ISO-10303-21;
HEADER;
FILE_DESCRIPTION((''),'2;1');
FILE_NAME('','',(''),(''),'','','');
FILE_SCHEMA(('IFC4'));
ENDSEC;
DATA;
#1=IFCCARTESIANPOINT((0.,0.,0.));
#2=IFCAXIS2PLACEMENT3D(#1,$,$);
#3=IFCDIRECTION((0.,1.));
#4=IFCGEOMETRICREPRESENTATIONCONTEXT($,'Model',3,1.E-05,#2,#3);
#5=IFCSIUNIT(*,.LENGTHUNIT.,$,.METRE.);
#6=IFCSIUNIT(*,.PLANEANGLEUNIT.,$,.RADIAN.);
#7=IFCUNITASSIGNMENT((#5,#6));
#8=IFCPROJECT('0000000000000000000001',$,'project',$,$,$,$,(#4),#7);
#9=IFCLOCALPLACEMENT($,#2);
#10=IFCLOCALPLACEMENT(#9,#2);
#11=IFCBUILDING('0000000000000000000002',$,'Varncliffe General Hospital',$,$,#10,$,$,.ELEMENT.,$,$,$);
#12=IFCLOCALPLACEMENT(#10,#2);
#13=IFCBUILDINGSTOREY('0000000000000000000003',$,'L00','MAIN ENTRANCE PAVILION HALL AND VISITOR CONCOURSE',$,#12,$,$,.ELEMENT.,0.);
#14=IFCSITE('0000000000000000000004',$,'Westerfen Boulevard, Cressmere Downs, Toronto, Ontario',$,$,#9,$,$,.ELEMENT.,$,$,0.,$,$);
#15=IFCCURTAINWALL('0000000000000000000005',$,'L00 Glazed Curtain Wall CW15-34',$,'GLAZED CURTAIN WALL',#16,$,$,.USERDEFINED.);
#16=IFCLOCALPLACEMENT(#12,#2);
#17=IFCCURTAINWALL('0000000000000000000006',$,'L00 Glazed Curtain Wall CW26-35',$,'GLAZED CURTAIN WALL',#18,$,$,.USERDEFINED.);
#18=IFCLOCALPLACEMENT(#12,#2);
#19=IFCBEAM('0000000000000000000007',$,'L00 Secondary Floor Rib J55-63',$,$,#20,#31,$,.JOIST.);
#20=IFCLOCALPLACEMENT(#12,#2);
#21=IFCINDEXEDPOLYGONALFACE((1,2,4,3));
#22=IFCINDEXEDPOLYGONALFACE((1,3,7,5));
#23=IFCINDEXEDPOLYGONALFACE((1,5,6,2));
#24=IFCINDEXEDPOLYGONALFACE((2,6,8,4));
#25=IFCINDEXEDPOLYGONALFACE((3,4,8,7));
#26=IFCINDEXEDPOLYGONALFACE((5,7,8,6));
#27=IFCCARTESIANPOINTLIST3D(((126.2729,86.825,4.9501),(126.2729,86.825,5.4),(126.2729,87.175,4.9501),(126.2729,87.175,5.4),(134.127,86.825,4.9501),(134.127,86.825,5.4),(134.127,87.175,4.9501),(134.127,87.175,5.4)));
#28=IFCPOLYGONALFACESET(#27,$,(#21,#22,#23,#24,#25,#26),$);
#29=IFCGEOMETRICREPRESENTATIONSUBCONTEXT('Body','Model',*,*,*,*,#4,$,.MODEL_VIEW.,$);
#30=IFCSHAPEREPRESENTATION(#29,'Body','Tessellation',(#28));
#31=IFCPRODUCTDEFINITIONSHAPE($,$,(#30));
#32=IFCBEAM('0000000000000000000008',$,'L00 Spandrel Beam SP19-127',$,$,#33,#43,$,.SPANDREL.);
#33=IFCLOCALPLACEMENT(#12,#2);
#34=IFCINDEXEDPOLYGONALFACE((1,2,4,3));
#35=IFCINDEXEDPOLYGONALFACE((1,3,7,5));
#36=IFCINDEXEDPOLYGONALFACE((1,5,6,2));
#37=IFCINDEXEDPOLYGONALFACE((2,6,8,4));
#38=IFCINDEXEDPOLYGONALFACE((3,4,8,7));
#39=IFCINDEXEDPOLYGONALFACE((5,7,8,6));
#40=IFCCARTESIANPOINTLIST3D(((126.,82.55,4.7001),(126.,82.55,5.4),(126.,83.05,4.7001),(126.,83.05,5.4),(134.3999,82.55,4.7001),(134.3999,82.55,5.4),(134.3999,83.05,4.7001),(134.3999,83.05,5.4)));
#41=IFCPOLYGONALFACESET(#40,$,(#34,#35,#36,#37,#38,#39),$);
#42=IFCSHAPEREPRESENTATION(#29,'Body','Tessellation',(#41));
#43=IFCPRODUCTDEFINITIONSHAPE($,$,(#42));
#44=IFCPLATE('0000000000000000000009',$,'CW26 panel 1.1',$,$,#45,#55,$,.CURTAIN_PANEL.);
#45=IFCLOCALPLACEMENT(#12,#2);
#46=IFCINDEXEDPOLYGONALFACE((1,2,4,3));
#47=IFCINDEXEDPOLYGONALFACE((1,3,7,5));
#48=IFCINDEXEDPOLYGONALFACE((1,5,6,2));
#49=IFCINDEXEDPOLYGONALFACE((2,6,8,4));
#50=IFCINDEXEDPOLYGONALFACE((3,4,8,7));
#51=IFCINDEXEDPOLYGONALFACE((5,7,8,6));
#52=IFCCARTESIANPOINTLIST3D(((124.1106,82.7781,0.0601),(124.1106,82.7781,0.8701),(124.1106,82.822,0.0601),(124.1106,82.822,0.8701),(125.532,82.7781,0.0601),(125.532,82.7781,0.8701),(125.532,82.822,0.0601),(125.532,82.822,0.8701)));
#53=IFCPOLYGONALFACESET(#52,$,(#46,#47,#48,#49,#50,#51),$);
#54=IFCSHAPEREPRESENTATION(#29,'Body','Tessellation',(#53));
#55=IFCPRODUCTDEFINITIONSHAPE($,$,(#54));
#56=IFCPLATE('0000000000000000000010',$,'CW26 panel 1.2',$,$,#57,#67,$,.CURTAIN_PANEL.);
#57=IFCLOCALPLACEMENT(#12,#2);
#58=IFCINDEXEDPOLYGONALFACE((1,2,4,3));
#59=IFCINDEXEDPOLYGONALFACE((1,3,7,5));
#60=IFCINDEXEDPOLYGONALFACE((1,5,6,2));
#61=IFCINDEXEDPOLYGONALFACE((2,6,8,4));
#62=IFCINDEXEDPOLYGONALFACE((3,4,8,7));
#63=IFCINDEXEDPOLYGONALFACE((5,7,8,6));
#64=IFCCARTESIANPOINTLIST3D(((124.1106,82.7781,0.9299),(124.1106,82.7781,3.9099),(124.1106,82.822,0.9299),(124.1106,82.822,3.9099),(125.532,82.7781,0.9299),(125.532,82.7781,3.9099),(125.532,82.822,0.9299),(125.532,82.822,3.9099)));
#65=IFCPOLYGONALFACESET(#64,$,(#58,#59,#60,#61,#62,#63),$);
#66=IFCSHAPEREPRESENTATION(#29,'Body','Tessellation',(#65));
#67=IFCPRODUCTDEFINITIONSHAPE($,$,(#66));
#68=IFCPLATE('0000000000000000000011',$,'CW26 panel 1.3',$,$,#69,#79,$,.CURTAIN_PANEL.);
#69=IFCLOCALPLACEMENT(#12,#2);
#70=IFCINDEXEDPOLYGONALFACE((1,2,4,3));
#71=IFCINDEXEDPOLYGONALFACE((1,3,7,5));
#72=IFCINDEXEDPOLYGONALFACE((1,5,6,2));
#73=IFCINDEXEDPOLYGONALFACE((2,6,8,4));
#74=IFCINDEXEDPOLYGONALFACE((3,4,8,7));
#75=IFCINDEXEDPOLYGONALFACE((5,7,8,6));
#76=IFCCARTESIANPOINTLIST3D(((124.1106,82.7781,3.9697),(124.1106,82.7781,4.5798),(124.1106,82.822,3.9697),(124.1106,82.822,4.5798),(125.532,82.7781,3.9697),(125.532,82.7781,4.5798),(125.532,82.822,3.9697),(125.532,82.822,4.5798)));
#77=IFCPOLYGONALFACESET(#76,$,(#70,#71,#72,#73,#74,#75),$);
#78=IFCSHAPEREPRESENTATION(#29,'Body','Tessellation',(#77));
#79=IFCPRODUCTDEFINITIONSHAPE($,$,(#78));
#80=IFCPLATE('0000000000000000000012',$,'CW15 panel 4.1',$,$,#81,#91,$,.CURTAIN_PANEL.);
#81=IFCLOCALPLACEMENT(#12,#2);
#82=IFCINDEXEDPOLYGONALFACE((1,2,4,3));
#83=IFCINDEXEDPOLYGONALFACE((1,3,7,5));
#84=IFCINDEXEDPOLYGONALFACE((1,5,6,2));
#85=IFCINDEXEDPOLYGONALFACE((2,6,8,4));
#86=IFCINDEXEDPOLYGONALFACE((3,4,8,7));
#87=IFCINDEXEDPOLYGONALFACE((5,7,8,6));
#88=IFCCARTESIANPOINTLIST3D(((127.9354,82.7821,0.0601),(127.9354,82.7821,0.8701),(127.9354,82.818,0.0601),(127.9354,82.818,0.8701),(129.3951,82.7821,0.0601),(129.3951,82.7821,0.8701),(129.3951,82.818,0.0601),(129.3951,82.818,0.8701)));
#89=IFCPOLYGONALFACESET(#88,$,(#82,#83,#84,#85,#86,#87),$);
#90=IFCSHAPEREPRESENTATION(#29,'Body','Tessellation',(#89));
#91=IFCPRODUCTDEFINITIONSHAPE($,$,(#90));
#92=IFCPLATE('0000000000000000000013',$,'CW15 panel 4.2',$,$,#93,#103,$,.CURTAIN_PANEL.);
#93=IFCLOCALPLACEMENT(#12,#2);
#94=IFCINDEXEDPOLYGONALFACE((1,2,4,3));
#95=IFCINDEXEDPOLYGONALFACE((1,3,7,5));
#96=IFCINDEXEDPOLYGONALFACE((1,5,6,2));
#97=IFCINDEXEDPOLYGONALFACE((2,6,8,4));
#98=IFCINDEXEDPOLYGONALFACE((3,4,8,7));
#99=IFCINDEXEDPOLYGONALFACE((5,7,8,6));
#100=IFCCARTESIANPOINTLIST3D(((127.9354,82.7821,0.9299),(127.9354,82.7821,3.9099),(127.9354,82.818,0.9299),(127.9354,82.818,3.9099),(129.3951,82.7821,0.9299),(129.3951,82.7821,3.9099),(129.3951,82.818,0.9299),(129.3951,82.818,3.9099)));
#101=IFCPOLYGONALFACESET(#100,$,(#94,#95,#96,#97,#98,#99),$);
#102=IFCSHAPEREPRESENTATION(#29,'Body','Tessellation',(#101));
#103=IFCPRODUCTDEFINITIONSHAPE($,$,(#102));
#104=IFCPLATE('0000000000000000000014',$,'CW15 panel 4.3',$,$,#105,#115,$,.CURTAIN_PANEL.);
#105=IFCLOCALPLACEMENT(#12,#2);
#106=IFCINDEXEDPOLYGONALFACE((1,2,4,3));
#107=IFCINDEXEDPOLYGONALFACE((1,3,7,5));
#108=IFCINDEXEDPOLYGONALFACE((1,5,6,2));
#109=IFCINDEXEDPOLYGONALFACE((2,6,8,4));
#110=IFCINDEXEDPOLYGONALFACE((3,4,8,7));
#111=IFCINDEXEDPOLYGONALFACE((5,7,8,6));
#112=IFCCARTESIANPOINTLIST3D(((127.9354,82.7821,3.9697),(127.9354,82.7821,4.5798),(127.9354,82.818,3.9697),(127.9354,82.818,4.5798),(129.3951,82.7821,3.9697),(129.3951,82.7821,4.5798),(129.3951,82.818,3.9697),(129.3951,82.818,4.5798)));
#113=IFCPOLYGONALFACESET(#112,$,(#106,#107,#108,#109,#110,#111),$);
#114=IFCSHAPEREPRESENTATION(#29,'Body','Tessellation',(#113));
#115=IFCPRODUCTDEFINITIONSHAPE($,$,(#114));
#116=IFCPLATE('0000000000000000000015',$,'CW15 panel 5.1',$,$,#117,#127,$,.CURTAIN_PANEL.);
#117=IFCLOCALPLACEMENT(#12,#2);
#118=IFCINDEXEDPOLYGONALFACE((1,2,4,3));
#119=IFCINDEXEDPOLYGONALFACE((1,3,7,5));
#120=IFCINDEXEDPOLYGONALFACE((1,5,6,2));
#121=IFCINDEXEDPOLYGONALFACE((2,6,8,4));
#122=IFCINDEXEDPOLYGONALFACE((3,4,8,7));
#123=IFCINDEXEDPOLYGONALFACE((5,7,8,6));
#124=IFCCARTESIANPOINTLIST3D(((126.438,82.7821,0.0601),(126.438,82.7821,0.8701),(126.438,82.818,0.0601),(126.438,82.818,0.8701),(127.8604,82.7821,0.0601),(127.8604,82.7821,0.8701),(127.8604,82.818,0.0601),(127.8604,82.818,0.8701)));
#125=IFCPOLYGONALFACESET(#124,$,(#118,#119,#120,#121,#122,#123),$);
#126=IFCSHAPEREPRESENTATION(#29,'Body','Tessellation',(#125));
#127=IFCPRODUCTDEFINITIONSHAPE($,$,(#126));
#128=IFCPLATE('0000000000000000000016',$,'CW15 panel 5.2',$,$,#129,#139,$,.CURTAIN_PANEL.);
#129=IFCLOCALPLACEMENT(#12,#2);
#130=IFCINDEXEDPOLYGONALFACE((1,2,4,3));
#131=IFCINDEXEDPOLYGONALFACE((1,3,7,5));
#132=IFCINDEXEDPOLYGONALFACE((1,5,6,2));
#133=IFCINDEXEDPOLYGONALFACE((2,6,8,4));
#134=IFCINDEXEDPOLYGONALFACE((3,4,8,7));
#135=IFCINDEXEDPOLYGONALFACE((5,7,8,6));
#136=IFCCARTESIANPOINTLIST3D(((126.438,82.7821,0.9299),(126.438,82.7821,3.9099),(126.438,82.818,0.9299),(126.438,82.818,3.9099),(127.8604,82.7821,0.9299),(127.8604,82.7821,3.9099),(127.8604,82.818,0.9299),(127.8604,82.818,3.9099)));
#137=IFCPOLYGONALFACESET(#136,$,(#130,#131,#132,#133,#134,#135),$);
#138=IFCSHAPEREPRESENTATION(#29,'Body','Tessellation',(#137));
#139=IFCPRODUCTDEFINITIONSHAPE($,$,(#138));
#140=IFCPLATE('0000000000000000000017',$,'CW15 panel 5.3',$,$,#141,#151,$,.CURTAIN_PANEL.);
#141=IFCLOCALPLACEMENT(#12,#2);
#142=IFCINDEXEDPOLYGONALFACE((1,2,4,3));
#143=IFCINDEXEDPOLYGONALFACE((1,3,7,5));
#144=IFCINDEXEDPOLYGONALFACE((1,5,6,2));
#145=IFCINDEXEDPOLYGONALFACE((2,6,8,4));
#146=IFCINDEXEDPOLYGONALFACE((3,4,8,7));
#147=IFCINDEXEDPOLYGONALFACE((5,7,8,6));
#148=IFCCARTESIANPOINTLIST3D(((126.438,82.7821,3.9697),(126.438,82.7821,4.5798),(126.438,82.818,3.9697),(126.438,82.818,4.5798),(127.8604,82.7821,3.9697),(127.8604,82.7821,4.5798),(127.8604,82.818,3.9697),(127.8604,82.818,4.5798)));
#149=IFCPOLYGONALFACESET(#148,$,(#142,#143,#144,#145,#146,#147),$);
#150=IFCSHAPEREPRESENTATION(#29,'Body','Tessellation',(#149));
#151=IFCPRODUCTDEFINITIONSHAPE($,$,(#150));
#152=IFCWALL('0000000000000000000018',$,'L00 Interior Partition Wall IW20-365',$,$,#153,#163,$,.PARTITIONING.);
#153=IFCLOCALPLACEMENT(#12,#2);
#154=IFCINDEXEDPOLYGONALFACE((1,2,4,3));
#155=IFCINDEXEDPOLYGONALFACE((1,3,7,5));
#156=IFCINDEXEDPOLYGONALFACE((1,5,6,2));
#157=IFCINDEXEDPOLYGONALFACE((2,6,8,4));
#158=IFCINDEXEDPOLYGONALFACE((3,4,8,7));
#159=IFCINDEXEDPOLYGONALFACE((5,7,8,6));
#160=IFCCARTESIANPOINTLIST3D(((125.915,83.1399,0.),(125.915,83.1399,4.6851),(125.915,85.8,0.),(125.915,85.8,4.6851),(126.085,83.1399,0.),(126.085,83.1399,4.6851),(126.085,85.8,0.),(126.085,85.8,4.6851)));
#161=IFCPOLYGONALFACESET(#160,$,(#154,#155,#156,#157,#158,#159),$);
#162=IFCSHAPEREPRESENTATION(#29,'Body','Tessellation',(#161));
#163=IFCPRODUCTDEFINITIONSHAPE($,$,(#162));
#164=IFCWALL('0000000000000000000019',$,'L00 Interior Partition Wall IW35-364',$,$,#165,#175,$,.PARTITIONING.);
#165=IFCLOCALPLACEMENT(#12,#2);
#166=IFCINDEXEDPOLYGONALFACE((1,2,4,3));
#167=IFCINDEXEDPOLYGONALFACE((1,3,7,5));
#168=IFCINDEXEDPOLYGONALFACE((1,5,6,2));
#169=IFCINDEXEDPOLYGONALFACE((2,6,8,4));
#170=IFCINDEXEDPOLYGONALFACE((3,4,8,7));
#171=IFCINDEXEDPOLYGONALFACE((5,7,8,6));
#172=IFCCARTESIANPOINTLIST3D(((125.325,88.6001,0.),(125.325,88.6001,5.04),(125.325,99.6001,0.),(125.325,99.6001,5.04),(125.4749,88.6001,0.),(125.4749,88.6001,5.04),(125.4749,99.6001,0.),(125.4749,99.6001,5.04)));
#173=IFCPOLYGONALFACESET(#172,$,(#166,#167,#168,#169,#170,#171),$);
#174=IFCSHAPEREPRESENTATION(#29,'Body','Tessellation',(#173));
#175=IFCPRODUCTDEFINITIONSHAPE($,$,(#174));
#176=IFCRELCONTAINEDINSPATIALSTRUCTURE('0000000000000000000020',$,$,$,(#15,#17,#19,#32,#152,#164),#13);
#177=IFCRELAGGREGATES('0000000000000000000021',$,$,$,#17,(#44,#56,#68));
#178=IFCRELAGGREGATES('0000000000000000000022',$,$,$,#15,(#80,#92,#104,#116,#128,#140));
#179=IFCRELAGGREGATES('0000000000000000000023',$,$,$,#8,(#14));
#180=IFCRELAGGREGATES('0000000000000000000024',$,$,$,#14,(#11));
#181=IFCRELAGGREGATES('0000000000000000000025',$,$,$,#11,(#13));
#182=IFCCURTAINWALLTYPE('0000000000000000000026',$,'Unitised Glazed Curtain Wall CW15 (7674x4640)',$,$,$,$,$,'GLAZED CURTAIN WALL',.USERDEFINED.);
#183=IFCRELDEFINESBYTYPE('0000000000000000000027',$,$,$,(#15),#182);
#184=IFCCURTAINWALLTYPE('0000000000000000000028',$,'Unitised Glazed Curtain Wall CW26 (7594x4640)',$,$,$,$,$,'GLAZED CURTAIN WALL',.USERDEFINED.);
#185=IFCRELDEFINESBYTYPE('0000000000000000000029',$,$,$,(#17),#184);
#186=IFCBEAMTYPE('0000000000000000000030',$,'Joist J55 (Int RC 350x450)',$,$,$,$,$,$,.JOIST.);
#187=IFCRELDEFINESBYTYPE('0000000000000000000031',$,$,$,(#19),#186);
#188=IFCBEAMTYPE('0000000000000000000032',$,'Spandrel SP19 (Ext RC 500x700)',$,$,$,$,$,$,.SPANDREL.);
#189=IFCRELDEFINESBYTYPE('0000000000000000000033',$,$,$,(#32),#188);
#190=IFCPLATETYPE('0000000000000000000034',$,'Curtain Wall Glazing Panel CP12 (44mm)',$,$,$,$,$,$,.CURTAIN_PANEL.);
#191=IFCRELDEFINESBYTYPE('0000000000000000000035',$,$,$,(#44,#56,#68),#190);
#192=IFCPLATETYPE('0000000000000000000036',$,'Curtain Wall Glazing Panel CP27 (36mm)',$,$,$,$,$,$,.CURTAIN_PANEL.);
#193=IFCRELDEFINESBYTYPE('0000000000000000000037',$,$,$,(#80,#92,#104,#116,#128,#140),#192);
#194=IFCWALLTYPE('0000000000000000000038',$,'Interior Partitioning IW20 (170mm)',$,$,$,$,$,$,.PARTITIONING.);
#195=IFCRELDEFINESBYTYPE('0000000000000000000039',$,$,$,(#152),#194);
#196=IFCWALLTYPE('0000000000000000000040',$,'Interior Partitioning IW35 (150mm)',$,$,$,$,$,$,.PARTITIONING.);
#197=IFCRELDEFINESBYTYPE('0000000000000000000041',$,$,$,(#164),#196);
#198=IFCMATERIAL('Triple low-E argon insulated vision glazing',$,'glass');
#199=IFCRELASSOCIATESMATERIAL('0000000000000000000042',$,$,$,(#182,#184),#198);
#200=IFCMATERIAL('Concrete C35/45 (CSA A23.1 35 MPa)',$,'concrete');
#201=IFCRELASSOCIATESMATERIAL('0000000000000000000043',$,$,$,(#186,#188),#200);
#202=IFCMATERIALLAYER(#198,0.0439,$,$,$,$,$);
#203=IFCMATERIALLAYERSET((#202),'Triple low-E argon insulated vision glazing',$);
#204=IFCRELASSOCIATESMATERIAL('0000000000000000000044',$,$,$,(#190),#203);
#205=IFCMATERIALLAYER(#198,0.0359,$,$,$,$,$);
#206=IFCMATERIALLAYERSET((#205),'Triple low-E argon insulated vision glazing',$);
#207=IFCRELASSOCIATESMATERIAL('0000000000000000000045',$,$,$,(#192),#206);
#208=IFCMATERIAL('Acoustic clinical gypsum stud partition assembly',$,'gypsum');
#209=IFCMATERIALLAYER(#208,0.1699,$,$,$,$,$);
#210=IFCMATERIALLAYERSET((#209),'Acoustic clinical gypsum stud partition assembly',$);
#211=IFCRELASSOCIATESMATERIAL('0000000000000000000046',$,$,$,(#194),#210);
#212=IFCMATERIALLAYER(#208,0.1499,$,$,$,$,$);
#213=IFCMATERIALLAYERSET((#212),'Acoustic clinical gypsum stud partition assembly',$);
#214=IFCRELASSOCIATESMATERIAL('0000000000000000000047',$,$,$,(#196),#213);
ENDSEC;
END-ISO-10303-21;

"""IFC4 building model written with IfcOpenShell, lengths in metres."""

from ifc_helpers import new_model, si_unit, direction, frame, frame_2d, origin, origin_2d, place, context, subcontext, project, spatial, rectangle, extrude, material, layer, layer_set, material_profile, profile_set, type_object, element, aggregate, save


model = new_model("IFC4")

# Units and contexts
model_context = context("Model", 3, precision=1e-05, world=origin(), true_north=direction((0.0, 1.0)))
body_context = subcontext(model_context, "Body", "Model", "MODEL_VIEW")
ifc_project = project(units=[si_unit("LENGTHUNIT", "METRE"), si_unit("PLANEANGLEUNIT", "RADIAN")], contexts=[model_context])

# Site, building, storey
site_placement = place(None, origin())
site = spatial("IfcSite", under=ifc_project, at=site_placement, Name="Westerfen Boulevard, Cressmere Downs, Toronto, Ontario", CompositionType="ELEMENT", RefElevation=0.0)
building_placement = place(site_placement, origin())
building = spatial("IfcBuilding", under=site, at=building_placement, Name="Varncliffe General Hospital", CompositionType="ELEMENT")
storey_placement = place(building_placement, origin())
storey = spatial("IfcBuildingStorey", under=building, at=storey_placement, Name="L00", Description="MAIN ENTRANCE PAVILION HALL AND VISITOR CONCOURSE", CompositionType="ELEMENT", Elevation=0.0)

# Shared definitions
ifc_material_1 = material(Name="Concrete C35/45 (CSA A23.1 35 MPa)", Category="concrete")

# Curtain wall
ifc_material_2 = material(Name="Triple low-E argon insulated vision glazing", Category="glass")
curtain_wall_type_1 = type_object("IfcCurtainWallType", Name="Unitised Glazed Curtain Wall CW15 (7674x4640)", ElementType="GLAZED CURTAIN WALL", PredefinedType="USERDEFINED", material=ifc_material_2)
curtain_wall_1_placement = place(storey_placement, origin())
curtain_wall_1 = element("IfcCurtainWall", 1, at=curtain_wall_1_placement, inside=storey, type_object=curtain_wall_type_1, Name="L00 Glazed Curtain Wall CW15-34", ObjectType="GLAZED CURTAIN WALL", PredefinedType="USERDEFINED")

# Curtain wall
curtain_wall_type_2 = type_object("IfcCurtainWallType", Name="Unitised Glazed Curtain Wall CW26 (7594x4640)", ElementType="GLAZED CURTAIN WALL", PredefinedType="USERDEFINED", material=ifc_material_2)
curtain_wall_2_placement = place(storey_placement, origin())
curtain_wall_2 = element("IfcCurtainWall", 2, at=curtain_wall_2_placement, inside=storey, type_object=curtain_wall_type_2, Name="L00 Glazed Curtain Wall CW26-35", ObjectType="GLAZED CURTAIN WALL", PredefinedType="USERDEFINED")

# Beams
ifc_material_profile_1 = material_profile(ifc_material_1, rectangle(XDim=0.3501, YDim=0.45, at=origin_2d()), Name="RC 350x450")
ifc_profile_set_1 = profile_set([ifc_material_profile_1], Name="Concrete C35/45 (CSA A23.1 35 MPa)")
beam_type_1 = type_object("IfcBeamType", Name="Joist J55 (Int RC 350x450)", PredefinedType="JOIST", material=ifc_profile_set_1)
beam_1_placement = place(storey_placement, frame((126.2729, 87.0, 5.175), z_axis=(1.0, 0.0, 0.0), x_axis=(0.0, 1.0, 0.0)))
element("IfcBeam", 3, at=beam_1_placement, inside=storey, type_object=beam_type_1, Name="L00 Secondary Floor Rib J55-63", PredefinedType="JOIST", context=body_context, shape_type="SweptSolid", body=[
    extrude(rectangle(XDim=0.3501, YDim=0.45, at=origin_2d()), origin(), (0.0, 0.0, 1.0), 7.854),
])
ifc_material_profile_2 = material_profile(ifc_material_1, rectangle(XDim=0.5, YDim=0.7, at=origin_2d()), Name="RC 500x700")
ifc_profile_set_2 = profile_set([ifc_material_profile_2], Name="Concrete C35/45 (CSA A23.1 35 MPa)")
beam_type_2 = type_object("IfcBeamType", Name="Spandrel SP19 (Ext RC 500x700)", PredefinedType="SPANDREL", material=ifc_profile_set_2)
beam_2_placement = place(storey_placement, frame((126.0, 82.8, 5.05), z_axis=(1.0, 0.0, 0.0), x_axis=(0.0, 1.0, 0.0)))
element("IfcBeam", 4, at=beam_2_placement, inside=storey, type_object=beam_type_2, Name="L00 Spandrel Beam SP19-127", PredefinedType="SPANDREL", context=body_context, shape_type="SweptSolid", body=[
    extrude(rectangle(XDim=0.5, YDim=0.7, at=origin_2d()), origin(), (0.0, 0.0, 1.0), 8.3999),
])

# Plates
ifc_layer_1 = layer(ifc_material_2, 0.0439)
ifc_layer_set_1 = layer_set([ifc_layer_1], Name="Triple low-E argon insulated vision glazing")
plate_type_1 = type_object("IfcPlateType", Name="Curtain Wall Glazing Panel CP12 (44mm)", PredefinedType="CURTAIN_PANEL", material=ifc_layer_set_1)
plate_1_placement = place(storey_placement, frame((124.8213, 82.8, 0.0601), z_axis=(0.0, 0.0, 1.0), x_axis=(-1.0, 0.0, 0.0)))
plate_1 = element("IfcPlate", 5, at=plate_1_placement, type_object=plate_type_1, Name="CW26 panel 1.1", PredefinedType="CURTAIN_PANEL", context=body_context, shape_type="SweptSolid", body=[
    extrude(rectangle(XDim=1.4214, YDim=0.0439, at=origin_2d()), origin(), (0.0, 0.0, 1.0), 0.8101),
])
plate_2_placement = place(storey_placement, frame((124.8213, 82.8, 0.9299), z_axis=(0.0, 0.0, 1.0), x_axis=(-1.0, 0.0, 0.0)))
plate_2 = element("IfcPlate", 6, at=plate_2_placement, type_object=plate_type_1, Name="CW26 panel 1.2", PredefinedType="CURTAIN_PANEL", context=body_context, shape_type="SweptSolid", body=[
    extrude(rectangle(XDim=1.4214, YDim=0.0439, at=origin_2d()), origin(), (0.0, 0.0, 1.0), 2.98),
])
plate_3_placement = place(storey_placement, frame((124.8213, 82.8, 3.9697), z_axis=(0.0, 0.0, 1.0), x_axis=(-1.0, 0.0, 0.0)))
plate_3 = element("IfcPlate", 7, at=plate_3_placement, type_object=plate_type_1, Name="CW26 panel 1.3", PredefinedType="CURTAIN_PANEL", context=body_context, shape_type="SweptSolid", body=[
    extrude(rectangle(XDim=1.4214, YDim=0.0439, at=origin_2d()), origin(), (0.0, 0.0, 1.0), 0.6101),
])
aggregate(curtain_wall_2, [plate_1, plate_2, plate_3])
ifc_layer_2 = layer(ifc_material_2, 0.0359)
ifc_layer_set_2 = layer_set([ifc_layer_2], Name="Triple low-E argon insulated vision glazing")
plate_type_2 = type_object("IfcPlateType", Name="Curtain Wall Glazing Panel CP27 (36mm)", PredefinedType="CURTAIN_PANEL", material=ifc_layer_set_2)
plate_4_placement = place(storey_placement, frame((128.6653, 82.8, 0.0601), z_axis=(0.0, 0.0, 1.0), x_axis=(-1.0, 0.0, 0.0)))
plate_4 = element("IfcPlate", 8, at=plate_4_placement, type_object=plate_type_2, Name="CW15 panel 4.1", PredefinedType="CURTAIN_PANEL", context=body_context, shape_type="SweptSolid", body=[
    extrude(rectangle(XDim=1.4597, YDim=0.0359, at=origin_2d()), origin(), (0.0, 0.0, 1.0), 0.8101),
])
plate_5_placement = place(storey_placement, frame((128.6653, 82.8, 0.9299), z_axis=(0.0, 0.0, 1.0), x_axis=(-1.0, 0.0, 0.0)))
plate_5 = element("IfcPlate", 9, at=plate_5_placement, type_object=plate_type_2, Name="CW15 panel 4.2", PredefinedType="CURTAIN_PANEL", context=body_context, shape_type="SweptSolid", body=[
    extrude(rectangle(XDim=1.4597, YDim=0.0359, at=origin_2d()), origin(), (0.0, 0.0, 1.0), 2.98),
])
plate_6_placement = place(storey_placement, frame((128.6653, 82.8, 3.9697), z_axis=(0.0, 0.0, 1.0), x_axis=(-1.0, 0.0, 0.0)))
plate_6 = element("IfcPlate", 10, at=plate_6_placement, type_object=plate_type_2, Name="CW15 panel 4.3", PredefinedType="CURTAIN_PANEL", context=body_context, shape_type="SweptSolid", body=[
    extrude(rectangle(XDim=1.4597, YDim=0.0359, at=origin_2d()), origin(), (0.0, 0.0, 1.0), 0.6101),
])
plate_7_placement = place(storey_placement, frame((127.1492, 82.8, 0.0601), z_axis=(0.0, 0.0, 1.0), x_axis=(-1.0, 0.0, 0.0)))
plate_7 = element("IfcPlate", 11, at=plate_7_placement, type_object=plate_type_2, Name="CW15 panel 5.1", PredefinedType="CURTAIN_PANEL", context=body_context, shape_type="SweptSolid", body=[
    extrude(rectangle(XDim=1.4224, YDim=0.0359, at=origin_2d()), origin(), (0.0, 0.0, 1.0), 0.8101),
])
plate_8_placement = place(storey_placement, frame((127.1492, 82.8, 0.9299), z_axis=(0.0, 0.0, 1.0), x_axis=(-1.0, 0.0, 0.0)))
plate_8 = element("IfcPlate", 12, at=plate_8_placement, type_object=plate_type_2, Name="CW15 panel 5.2", PredefinedType="CURTAIN_PANEL", context=body_context, shape_type="SweptSolid", body=[
    extrude(rectangle(XDim=1.4224, YDim=0.0359, at=origin_2d()), origin(), (0.0, 0.0, 1.0), 2.98),
])
plate_9_placement = place(storey_placement, frame((127.1492, 82.8, 3.9697), z_axis=(0.0, 0.0, 1.0), x_axis=(-1.0, 0.0, 0.0)))
plate_9 = element("IfcPlate", 13, at=plate_9_placement, type_object=plate_type_2, Name="CW15 panel 5.3", PredefinedType="CURTAIN_PANEL", context=body_context, shape_type="SweptSolid", body=[
    extrude(rectangle(XDim=1.4224, YDim=0.0359, at=origin_2d()), origin(), (0.0, 0.0, 1.0), 0.6101),
])
aggregate(curtain_wall_1, [plate_4, plate_5, plate_6, plate_7, plate_8, plate_9])

# Walls
ifc_material_3 = material(Name="Acoustic clinical gypsum stud partition assembly", Category="gypsum")
ifc_layer_3 = layer(ifc_material_3, 0.1699)
ifc_layer_set_3 = layer_set([ifc_layer_3], Name="Acoustic clinical gypsum stud partition assembly")
wall_type_1 = type_object("IfcWallType", Name="Interior Partitioning IW20 (170mm)", PredefinedType="PARTITIONING", material=ifc_layer_set_3)
wall_1_placement = place(storey_placement, frame((126.0, 83.1399, 0.0), z_axis=(0.0, 0.0, 1.0), x_axis=(0.0, 1.0, 0.0)))
element("IfcWall", 14, at=wall_1_placement, inside=storey, type_object=wall_type_1, Name="L00 Interior Partition Wall IW20-365", PredefinedType="PARTITIONING", context=body_context, shape_type="SweptSolid", body=[
    extrude(rectangle(XDim=2.6602, YDim=0.1699, at=frame_2d((1.3301, 0.0))), origin(), (0.0, 0.0, 1.0), 4.6851),
])
ifc_layer_4 = layer(ifc_material_3, 0.1499)
ifc_layer_set_4 = layer_set([ifc_layer_4], Name="Acoustic clinical gypsum stud partition assembly")
wall_type_2 = type_object("IfcWallType", Name="Interior Partitioning IW35 (150mm)", PredefinedType="PARTITIONING", material=ifc_layer_set_4)
wall_2_placement = place(storey_placement, frame((125.3999, 88.6001, 0.0), z_axis=(0.0, 0.0, 1.0), x_axis=(0.0, 1.0, 0.0)))
element("IfcWall", 15, at=wall_2_placement, inside=storey, type_object=wall_type_2, Name="L00 Interior Partition Wall IW35-364", PredefinedType="PARTITIONING", context=body_context, shape_type="SweptSolid", body=[
    extrude(rectangle(XDim=11.0, YDim=0.1499, at=frame_2d((5.5, 0.0))), origin(), (0.0, 0.0, 1.0), 5.04),
])

save(model, "model.ifc")
